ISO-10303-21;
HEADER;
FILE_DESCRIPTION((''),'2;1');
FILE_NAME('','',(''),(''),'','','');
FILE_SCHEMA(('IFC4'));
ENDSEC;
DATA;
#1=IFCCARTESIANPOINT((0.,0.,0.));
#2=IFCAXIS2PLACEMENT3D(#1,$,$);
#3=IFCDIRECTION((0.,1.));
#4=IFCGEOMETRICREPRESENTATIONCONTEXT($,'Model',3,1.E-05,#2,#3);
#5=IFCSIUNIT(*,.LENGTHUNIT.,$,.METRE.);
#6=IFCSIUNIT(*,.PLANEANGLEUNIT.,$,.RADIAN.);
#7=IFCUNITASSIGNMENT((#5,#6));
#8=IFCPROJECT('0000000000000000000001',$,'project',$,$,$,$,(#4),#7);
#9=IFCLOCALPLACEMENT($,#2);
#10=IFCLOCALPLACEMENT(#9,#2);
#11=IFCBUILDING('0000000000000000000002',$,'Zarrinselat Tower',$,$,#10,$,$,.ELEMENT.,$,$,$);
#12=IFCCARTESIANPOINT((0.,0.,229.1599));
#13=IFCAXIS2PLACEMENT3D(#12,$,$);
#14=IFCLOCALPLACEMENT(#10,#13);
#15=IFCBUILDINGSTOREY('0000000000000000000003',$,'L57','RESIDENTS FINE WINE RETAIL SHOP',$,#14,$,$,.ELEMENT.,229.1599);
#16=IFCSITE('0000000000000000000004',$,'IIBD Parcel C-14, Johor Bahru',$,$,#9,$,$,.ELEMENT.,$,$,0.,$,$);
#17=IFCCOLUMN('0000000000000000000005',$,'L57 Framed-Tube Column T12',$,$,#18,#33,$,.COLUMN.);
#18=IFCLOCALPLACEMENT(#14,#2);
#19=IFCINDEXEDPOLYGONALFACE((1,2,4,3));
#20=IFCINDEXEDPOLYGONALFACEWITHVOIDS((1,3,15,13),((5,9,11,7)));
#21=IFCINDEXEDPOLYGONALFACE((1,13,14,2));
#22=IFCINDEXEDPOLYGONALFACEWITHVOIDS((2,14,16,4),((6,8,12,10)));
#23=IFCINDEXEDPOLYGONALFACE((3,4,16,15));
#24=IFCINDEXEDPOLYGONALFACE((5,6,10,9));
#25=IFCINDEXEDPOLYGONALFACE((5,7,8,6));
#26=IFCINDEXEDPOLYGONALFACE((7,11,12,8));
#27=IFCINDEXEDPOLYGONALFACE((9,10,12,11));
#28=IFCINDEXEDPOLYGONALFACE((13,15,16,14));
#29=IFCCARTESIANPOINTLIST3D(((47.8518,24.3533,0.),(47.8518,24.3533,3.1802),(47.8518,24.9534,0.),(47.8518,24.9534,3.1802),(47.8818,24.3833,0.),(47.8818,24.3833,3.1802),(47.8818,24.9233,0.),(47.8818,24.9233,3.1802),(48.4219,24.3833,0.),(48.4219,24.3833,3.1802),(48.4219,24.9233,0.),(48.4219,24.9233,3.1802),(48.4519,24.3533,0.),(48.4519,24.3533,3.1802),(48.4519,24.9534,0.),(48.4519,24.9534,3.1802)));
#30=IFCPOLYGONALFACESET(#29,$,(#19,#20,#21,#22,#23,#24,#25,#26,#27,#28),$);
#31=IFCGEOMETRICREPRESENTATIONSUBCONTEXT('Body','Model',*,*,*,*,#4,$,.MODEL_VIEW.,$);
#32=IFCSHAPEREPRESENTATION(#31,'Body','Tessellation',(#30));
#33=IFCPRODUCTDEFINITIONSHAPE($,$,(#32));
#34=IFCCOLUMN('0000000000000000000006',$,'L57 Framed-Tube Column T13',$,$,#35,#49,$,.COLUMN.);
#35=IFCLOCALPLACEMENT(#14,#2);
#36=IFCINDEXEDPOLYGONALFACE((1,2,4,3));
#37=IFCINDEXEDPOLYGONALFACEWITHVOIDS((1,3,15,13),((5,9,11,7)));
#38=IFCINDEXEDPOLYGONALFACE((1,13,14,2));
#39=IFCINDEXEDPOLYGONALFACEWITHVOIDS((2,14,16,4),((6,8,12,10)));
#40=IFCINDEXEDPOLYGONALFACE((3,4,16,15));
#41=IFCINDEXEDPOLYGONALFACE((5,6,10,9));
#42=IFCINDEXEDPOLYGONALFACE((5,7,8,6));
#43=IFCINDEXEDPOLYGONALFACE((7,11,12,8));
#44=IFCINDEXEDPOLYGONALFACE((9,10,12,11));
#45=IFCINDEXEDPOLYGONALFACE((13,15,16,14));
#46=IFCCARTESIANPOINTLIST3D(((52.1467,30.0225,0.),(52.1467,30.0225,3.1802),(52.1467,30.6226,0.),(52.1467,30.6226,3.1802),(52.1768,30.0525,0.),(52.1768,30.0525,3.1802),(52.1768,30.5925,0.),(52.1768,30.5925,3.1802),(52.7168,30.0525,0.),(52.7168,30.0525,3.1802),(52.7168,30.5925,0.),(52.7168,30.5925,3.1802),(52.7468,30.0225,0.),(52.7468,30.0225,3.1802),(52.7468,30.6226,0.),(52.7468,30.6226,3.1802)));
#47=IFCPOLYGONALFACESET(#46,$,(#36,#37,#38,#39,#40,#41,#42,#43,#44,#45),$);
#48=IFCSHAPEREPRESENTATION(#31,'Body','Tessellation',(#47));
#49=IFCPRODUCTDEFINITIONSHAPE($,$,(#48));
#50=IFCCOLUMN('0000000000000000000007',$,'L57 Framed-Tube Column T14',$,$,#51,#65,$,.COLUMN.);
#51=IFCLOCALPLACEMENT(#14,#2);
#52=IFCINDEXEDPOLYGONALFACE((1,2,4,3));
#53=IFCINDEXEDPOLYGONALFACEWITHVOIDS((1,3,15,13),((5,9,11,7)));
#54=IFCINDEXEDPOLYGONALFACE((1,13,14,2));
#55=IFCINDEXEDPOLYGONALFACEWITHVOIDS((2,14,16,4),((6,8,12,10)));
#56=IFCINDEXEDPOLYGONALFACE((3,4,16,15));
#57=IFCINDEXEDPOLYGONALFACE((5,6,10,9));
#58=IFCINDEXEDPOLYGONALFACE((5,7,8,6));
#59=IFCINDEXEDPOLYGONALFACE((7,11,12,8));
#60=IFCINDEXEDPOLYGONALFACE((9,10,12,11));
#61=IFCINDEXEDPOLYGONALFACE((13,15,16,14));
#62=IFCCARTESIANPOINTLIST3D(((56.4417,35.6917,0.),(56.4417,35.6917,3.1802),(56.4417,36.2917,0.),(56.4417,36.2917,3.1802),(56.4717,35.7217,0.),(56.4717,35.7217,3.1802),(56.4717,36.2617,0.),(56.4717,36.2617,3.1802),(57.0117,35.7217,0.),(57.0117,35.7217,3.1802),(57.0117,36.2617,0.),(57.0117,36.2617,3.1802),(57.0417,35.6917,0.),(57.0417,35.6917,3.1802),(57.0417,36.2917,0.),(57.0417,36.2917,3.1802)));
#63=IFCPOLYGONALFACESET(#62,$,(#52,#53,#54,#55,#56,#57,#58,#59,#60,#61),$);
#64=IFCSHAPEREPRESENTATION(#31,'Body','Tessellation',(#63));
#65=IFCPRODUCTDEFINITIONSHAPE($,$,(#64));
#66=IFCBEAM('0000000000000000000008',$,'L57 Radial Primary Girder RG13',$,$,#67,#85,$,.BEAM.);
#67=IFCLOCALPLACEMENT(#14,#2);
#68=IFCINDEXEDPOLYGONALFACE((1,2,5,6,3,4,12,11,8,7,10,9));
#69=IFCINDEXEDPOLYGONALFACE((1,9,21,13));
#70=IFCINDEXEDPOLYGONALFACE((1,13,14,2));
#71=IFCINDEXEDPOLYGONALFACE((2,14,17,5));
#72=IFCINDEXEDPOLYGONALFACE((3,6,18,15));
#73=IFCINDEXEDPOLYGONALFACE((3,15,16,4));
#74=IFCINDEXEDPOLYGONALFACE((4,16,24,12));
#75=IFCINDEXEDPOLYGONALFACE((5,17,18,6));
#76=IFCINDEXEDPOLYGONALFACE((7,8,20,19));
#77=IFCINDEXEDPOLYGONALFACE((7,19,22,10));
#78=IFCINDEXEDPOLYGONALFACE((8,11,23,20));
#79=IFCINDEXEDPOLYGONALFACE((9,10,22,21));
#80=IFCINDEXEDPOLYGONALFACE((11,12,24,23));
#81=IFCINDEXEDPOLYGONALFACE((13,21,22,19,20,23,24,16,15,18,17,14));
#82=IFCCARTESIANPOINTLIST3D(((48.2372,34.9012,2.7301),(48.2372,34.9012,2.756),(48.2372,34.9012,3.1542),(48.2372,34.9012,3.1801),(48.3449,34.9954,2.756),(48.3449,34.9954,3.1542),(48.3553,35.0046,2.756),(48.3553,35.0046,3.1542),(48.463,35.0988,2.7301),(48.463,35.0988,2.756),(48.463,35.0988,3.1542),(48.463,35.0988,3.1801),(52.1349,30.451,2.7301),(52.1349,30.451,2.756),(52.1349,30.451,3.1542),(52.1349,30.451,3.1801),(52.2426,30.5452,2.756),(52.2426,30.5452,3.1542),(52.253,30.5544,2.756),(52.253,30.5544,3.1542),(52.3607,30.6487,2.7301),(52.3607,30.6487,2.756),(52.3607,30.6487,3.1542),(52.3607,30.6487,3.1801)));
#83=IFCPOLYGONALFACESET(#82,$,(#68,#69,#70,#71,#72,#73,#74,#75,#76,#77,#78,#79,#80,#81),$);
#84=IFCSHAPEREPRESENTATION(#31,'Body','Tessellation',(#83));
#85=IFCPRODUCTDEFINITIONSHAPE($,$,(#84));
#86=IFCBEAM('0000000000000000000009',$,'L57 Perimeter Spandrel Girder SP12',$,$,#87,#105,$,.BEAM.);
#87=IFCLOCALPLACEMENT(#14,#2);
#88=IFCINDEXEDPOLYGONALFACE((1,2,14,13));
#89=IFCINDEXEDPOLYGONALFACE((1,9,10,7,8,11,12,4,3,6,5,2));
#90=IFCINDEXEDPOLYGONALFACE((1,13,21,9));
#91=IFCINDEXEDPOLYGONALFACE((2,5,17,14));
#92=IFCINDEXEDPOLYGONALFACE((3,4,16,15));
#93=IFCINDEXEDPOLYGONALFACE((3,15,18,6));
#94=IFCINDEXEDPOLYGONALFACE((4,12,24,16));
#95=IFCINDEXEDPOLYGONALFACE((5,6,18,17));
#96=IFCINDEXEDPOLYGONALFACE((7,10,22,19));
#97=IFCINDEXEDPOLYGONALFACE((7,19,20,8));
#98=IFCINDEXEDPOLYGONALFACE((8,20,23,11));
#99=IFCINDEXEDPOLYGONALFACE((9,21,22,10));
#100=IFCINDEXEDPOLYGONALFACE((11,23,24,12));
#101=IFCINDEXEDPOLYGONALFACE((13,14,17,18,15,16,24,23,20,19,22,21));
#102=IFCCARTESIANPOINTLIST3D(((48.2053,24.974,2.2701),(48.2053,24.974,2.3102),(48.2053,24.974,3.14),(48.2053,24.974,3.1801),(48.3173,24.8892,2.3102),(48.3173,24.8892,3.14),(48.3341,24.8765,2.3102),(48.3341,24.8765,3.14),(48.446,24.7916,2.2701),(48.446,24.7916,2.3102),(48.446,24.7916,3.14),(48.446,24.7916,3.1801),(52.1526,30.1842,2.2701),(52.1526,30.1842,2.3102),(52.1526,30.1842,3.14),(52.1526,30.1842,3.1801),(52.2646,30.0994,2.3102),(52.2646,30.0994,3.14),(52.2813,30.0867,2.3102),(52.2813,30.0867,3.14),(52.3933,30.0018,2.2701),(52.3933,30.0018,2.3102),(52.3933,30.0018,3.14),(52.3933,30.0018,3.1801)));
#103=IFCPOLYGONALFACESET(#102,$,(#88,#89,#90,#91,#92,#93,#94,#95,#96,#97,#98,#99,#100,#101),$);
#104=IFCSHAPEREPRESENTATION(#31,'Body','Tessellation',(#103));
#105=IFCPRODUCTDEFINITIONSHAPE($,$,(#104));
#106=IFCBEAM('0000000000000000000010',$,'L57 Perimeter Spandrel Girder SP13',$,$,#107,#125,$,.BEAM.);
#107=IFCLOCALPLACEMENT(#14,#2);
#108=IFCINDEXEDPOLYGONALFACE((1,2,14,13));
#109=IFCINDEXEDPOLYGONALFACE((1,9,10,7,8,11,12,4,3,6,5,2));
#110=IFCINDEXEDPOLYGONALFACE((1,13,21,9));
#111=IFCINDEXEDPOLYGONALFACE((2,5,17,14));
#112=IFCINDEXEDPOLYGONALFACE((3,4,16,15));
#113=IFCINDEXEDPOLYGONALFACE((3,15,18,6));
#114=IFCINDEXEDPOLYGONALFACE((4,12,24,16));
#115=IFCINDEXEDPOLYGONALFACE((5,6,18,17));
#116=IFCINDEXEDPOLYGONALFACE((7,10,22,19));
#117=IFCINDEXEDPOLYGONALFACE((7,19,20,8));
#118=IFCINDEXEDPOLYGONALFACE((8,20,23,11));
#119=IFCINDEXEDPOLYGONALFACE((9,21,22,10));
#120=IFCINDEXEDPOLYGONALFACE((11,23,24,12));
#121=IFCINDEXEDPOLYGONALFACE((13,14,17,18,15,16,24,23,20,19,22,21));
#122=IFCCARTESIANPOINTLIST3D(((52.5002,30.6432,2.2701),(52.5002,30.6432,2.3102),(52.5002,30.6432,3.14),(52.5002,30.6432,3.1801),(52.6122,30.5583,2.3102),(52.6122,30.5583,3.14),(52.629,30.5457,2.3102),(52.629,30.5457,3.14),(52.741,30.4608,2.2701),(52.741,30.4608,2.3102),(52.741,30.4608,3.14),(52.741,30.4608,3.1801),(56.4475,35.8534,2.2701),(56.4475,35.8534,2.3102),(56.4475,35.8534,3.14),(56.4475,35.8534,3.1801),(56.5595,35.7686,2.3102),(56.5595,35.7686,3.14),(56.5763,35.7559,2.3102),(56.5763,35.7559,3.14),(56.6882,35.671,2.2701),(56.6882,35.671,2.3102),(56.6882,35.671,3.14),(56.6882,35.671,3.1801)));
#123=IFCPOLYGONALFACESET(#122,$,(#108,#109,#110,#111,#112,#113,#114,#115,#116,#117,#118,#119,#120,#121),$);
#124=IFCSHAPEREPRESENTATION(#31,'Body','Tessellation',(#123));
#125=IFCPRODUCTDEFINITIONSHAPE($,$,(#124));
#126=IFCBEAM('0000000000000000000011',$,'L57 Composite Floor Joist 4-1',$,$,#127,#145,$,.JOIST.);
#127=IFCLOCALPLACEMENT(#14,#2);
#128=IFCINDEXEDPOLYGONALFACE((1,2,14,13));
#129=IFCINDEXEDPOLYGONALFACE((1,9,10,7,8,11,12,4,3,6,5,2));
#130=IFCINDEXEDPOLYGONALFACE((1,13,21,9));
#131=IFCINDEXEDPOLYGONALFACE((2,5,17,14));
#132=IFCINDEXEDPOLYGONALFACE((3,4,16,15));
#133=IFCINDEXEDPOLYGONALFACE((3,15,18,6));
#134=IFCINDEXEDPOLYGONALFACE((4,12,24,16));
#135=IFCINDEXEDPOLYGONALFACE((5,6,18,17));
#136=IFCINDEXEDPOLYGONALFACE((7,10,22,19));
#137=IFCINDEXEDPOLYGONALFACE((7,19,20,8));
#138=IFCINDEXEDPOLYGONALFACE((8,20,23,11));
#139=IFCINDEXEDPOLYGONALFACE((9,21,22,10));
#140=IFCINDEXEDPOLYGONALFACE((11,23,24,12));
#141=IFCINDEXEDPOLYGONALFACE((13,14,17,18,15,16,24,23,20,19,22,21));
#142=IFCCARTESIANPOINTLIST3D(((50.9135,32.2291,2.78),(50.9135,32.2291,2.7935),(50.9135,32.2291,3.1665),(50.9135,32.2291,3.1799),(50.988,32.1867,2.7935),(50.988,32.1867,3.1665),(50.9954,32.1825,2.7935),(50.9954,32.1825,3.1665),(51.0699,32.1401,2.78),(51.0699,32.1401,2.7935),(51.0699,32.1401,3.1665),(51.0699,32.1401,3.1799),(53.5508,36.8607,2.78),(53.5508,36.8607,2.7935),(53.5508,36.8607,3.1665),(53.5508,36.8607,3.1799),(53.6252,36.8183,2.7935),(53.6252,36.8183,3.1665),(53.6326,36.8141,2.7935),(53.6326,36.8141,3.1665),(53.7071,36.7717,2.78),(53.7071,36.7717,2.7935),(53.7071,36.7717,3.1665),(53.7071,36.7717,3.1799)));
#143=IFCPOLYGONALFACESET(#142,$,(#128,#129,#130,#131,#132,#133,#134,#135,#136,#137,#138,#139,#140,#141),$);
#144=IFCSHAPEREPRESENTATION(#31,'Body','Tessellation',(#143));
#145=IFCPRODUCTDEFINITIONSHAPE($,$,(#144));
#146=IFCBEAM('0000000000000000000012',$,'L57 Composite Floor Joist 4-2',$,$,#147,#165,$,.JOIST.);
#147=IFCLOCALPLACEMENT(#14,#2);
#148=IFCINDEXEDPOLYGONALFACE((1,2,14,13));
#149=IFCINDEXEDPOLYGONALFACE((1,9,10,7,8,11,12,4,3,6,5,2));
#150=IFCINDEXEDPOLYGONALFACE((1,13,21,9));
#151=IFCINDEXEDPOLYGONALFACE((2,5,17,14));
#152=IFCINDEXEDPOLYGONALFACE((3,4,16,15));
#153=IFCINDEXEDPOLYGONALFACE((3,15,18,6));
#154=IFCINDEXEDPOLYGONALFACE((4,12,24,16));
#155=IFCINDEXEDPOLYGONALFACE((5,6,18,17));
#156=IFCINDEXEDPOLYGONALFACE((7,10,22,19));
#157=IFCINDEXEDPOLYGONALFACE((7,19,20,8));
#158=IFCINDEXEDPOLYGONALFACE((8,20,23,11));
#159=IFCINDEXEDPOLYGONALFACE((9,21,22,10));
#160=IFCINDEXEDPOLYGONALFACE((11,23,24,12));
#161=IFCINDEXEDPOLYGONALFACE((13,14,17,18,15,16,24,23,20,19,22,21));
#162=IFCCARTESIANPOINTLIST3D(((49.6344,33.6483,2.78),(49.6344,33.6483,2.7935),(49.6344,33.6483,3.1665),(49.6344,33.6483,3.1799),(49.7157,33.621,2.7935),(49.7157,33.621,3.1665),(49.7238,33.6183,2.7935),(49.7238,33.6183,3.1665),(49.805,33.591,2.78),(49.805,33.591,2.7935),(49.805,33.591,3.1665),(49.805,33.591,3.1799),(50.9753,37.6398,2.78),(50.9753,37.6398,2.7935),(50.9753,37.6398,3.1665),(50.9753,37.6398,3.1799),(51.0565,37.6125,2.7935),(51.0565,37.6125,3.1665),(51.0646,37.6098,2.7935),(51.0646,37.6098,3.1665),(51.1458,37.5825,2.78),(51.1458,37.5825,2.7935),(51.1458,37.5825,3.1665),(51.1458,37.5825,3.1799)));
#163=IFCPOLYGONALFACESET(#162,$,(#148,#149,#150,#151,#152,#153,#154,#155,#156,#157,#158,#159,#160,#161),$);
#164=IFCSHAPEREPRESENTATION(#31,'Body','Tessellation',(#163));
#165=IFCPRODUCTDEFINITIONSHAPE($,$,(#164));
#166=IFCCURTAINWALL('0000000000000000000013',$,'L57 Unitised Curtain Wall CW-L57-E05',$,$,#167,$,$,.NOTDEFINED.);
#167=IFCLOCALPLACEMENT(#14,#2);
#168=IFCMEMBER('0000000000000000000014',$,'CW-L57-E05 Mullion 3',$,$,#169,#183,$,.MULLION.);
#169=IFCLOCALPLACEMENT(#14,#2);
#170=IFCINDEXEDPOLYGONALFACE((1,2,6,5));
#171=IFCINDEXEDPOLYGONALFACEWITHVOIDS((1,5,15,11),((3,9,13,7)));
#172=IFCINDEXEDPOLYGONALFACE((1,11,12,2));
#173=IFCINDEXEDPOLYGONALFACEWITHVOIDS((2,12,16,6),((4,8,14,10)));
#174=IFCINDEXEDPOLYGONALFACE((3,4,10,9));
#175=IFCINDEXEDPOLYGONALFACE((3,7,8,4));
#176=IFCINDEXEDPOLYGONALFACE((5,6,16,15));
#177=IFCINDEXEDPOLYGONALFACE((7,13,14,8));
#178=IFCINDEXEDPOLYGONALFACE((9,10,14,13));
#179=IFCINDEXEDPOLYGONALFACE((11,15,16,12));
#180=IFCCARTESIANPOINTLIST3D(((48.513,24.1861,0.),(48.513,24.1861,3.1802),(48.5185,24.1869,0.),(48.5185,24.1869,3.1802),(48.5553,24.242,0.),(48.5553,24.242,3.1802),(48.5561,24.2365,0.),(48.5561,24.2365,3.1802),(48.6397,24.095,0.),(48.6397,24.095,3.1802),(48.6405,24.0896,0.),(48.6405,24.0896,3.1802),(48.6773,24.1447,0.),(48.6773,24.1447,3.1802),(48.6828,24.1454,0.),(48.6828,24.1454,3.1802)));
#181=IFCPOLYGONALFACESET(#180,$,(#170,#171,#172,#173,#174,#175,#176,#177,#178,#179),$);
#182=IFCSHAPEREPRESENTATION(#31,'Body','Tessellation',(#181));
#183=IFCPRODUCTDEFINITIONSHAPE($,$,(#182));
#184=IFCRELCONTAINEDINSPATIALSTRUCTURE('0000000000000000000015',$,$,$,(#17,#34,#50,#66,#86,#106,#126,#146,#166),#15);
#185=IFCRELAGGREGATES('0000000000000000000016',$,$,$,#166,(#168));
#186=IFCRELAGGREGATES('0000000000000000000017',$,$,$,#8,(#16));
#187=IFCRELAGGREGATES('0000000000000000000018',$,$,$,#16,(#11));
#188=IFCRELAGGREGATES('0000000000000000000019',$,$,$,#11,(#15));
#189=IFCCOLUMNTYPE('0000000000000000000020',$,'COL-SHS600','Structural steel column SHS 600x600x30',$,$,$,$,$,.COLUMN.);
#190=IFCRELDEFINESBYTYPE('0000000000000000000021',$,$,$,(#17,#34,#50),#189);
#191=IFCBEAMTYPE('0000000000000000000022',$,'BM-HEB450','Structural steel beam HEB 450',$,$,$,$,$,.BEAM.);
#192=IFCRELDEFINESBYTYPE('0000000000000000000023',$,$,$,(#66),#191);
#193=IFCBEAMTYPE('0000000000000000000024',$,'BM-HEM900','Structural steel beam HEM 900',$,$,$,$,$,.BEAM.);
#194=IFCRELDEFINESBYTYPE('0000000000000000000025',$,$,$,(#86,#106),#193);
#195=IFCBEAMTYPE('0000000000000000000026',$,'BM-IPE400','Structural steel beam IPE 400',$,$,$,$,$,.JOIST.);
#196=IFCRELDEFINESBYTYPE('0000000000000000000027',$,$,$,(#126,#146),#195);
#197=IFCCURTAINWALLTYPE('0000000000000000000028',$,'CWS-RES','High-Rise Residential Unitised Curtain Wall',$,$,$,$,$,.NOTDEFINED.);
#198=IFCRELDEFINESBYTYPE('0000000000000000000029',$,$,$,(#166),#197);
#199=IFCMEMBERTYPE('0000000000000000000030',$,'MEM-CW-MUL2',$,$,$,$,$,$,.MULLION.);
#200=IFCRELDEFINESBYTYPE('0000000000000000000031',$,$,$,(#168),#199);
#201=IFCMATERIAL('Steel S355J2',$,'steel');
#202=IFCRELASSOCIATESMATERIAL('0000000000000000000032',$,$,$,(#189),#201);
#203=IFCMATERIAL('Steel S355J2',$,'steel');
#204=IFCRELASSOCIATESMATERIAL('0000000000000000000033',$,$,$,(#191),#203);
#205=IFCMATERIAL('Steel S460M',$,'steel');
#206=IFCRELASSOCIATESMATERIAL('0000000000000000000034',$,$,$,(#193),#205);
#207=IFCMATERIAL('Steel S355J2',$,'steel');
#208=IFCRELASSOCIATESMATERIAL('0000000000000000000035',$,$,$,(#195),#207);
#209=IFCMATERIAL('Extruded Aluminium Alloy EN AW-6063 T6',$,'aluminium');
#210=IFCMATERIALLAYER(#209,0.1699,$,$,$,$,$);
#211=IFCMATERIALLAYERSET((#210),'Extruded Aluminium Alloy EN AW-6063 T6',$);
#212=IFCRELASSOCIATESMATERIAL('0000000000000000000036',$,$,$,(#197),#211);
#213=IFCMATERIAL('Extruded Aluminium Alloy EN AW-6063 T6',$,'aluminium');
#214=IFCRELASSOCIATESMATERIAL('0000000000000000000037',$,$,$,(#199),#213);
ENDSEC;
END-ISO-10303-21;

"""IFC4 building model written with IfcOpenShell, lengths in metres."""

from ifc_helpers import new_model, si_unit, direction, frame, origin, origin_2d, place, context, subcontext, project, spatial, hollow_rectangle, i_section, extrude, material, layer, layer_set, material_profile, profile_set, type_object, element, aggregate, save


model = new_model("IFC4")

# Units and contexts
model_context = context("Model", 3, precision=1e-05, world=origin(), true_north=direction((0.0, 1.0)))
body_context = subcontext(model_context, "Body", "Model", "MODEL_VIEW")
ifc_project = project(units=[si_unit("LENGTHUNIT", "METRE"), si_unit("PLANEANGLEUNIT", "RADIAN")], contexts=[model_context])

# Site, building, storey
site_placement = place(None, origin())
site = spatial("IfcSite", under=ifc_project, at=site_placement, Name="IIBD Parcel C-14, Johor Bahru", CompositionType="ELEMENT", RefElevation=0.0)
building_placement = place(site_placement, origin())
building = spatial("IfcBuilding", under=site, at=building_placement, Name="Zarrinselat Tower", CompositionType="ELEMENT")
storey_placement = place(building_placement, frame((0.0, 0.0, 229.1599)))
storey = spatial("IfcBuildingStorey", under=building, at=storey_placement, Name="L57", Description="RESIDENTS FINE WINE RETAIL SHOP", CompositionType="ELEMENT", Elevation=229.1599)

# Columns
ifc_material_1 = material(Name="Steel S355J2", Category="steel")
ifc_material_profile_1 = material_profile(ifc_material_1, hollow_rectangle(XDim=0.6001, YDim=0.6001, WallThickness=0.03, at=origin_2d()), Name="SHS 600x600x30")
ifc_profile_set_1 = profile_set([ifc_material_profile_1], Name="Steel S355J2")
column_type = type_object("IfcColumnType", Name="COL-SHS600", Description="Structural steel column SHS 600x600x30", PredefinedType="COLUMN", material=ifc_profile_set_1)
for number, where, z_axis, x_axis, name in (
    (1, (48.1519, 24.6533, 0.0), (0.0, 0.0, 1.0), (1.0, 0.0, 0.0), "L57 Framed-Tube Column T12"),
    (2, (52.4468, 30.3225, 0.0), (0.0, 0.0, 1.0), (1.0, 0.0, 0.0), "L57 Framed-Tube Column T13"),
    (3, (56.7417, 35.9917, 0.0), (0.0, 0.0, 1.0), (1.0, 0.0, 0.0), "L57 Framed-Tube Column T14"),
):
    element("IfcColumn", number, at=place(storey_placement, frame(where, z_axis=z_axis, x_axis=x_axis)), inside=storey, type_object=column_type, Name=name, PredefinedType="COLUMN", context=body_context, shape_type="SweptSolid", body=[
        extrude(hollow_rectangle(XDim=0.6001, YDim=0.6001, WallThickness=0.03, at=origin_2d()), origin(), (0.0, 0.0, 1.0), 3.1802),
    ])

# Beams
ifc_material_2 = material(Name="Steel S355J2", Category="steel")
ifc_material_profile_2 = material_profile(ifc_material_2, i_section(OverallWidth=0.3, OverallDepth=0.45, WebThickness=0.0139, FlangeThickness=0.0259, at=origin_2d()), Name="HEB 450")
ifc_profile_set_2 = profile_set([ifc_material_profile_2], Name="Steel S355J2")
beam_type_1 = type_object("IfcBeamType", Name="BM-HEB450", Description="Structural steel beam HEB 450", PredefinedType="BEAM", material=ifc_profile_set_2)
beam_1_placement = place(storey_placement, frame((48.3501, 35.0, 2.9551), z_axis=(0.658867, -0.75226, 0.0), x_axis=(0.75226, 0.658867, 0.0)))
element("IfcBeam", 4, at=beam_1_placement, inside=storey, type_object=beam_type_1, Name="L57 Radial Primary Girder RG13", PredefinedType="BEAM", context=body_context, shape_type="SweptSolid", body=[
    extrude(i_section(OverallWidth=0.3, OverallDepth=0.45, WebThickness=0.0139, FlangeThickness=0.0259, at=origin_2d()), origin(), (0.0, 0.0, 1.0), 5.9158),
])
ifc_material_3 = material(Name="Steel S460M", Category="steel")
ifc_material_profile_3 = material_profile(ifc_material_3, i_section(OverallWidth=0.302, OverallDepth=0.9099, WebThickness=0.021, FlangeThickness=0.04, at=origin_2d()), Name="HEM 900")
ifc_profile_set_3 = profile_set([ifc_material_profile_3], Name="Steel S460M")
beam_type_2 = type_object("IfcBeamType", Name="BM-HEM900", Description="Structural steel beam HEM 900", PredefinedType="BEAM", material=ifc_profile_set_3)
for number, where, z_axis, x_axis, name in (
    (5, (48.3257, 24.8828, 2.7251), (0.603871, 0.797082, 0.0), (-0.797082, 0.603871, 0.0), "L57 Perimeter Spandrel Girder SP12"),
    (6, (52.6206, 30.552, 2.7251), (0.603871, 0.797082, 0.0), (-0.797082, 0.603871, 0.0), "L57 Perimeter Spandrel Girder SP13"),
):
    element("IfcBeam", number, at=place(storey_placement, frame(where, z_axis=z_axis, x_axis=x_axis)), inside=storey, type_object=beam_type_2, Name=name, PredefinedType="BEAM", context=body_context, shape_type="SweptSolid", body=[
        extrude(i_section(OverallWidth=0.302, OverallDepth=0.9099, WebThickness=0.021, FlangeThickness=0.04, at=origin_2d()), origin(), (0.0, 0.0, 1.0), 6.5366),
    ])
ifc_material_4 = material(Name="Steel S355J2", Category="steel")
ifc_material_profile_4 = material_profile(ifc_material_4, i_section(OverallWidth=0.1799, OverallDepth=0.3999, WebThickness=0.0085, FlangeThickness=0.0134, at=origin_2d()), Name="IPE 400")
ifc_profile_set_4 = profile_set([ifc_material_profile_4], Name="Steel S355J2")
beam_type_3 = type_object("IfcBeamType", Name="BM-IPE400", Description="Structural steel beam IPE 400", PredefinedType="JOIST", material=ifc_profile_set_4)
beam_2_placement = place(storey_placement, frame((50.9917, 32.1846, 2.98), z_axis=(0.494806, 0.869003, 0.0), x_axis=(-0.869003, 0.494806, 0.0)))
element("IfcBeam", 7, at=beam_2_placement, inside=storey, type_object=beam_type_3, Name="L57 Composite Floor Joist 4-1", PredefinedType="JOIST", context=body_context, shape_type="SweptSolid", body=[
    extrude(i_section(OverallWidth=0.1799, OverallDepth=0.3999, WebThickness=0.0085, FlangeThickness=0.0134, at=origin_2d()), origin(), (0.0, 0.0, 1.0), 5.3298),
])
beam_3_placement = place(storey_placement, frame((49.7197, 33.6196, 2.98), z_axis=(0.318436, 0.947944, 0.0), x_axis=(-0.947944, 0.318436, 0.0)))
element("IfcBeam", 8, at=beam_3_placement, inside=storey, type_object=beam_type_3, Name="L57 Composite Floor Joist 4-2", PredefinedType="JOIST", context=body_context, shape_type="SweptSolid", body=[
    extrude(i_section(OverallWidth=0.1799, OverallDepth=0.3999, WebThickness=0.0085, FlangeThickness=0.0134, at=origin_2d()), origin(), (0.0, 0.0, 1.0), 4.2107),
])

# Curtain wall, member
ifc_material_5 = material(Name="Extruded Aluminium Alloy EN AW-6063 T6", Category="aluminium")
ifc_layer_1 = layer(ifc_material_5, 0.1699)
ifc_layer_set_1 = layer_set([ifc_layer_1], Name="Extruded Aluminium Alloy EN AW-6063 T6")
curtain_wall_type = type_object("IfcCurtainWallType", Name="CWS-RES", Description="High-Rise Residential Unitised Curtain Wall", PredefinedType="NOTDEFINED", material=ifc_layer_set_1)
curtain_wall_placement = place(storey_placement, origin())
curtain_wall = element("IfcCurtainWall", 9, at=curtain_wall_placement, inside=storey, type_object=curtain_wall_type, Name="L57 Unitised Curtain Wall CW-L57-E05", PredefinedType="NOTDEFINED")
ifc_material_6 = material(Name="Extruded Aluminium Alloy EN AW-6063 T6", Category="aluminium")
ifc_material_profile_5 = material_profile(ifc_material_6, hollow_rectangle(XDim=0.0701, YDim=0.1599, WallThickness=0.0039, at=origin_2d()), Name="RHS 160x70x4")
ifc_profile_set_5 = profile_set([ifc_material_profile_5], Name="Extruded Aluminium Alloy EN AW-6063 T6")
member_type_1 = type_object("IfcMemberType", Name="MEM-CW-MUL2", PredefinedType="MULLION", material=ifc_profile_set_5)
member_1_placement = place(storey_placement, frame((48.5979, 24.1658, 0.0), z_axis=(0.0, 0.0, 1.0), x_axis=(0.603859, 0.797091, 0.0)))
member_1 = element("IfcMember", 10, at=member_1_placement, type_object=member_type_1, Name="CW-L57-E05 Mullion 3", PredefinedType="MULLION", context=body_context, shape_type="SweptSolid", body=[
    extrude(hollow_rectangle(XDim=0.0701, YDim=0.1599, WallThickness=0.0039, at=origin_2d()), origin(), (0.0, 0.0, 1.0), 3.1802),
])
aggregate(curtain_wall, [member_1])

save(model, "model.ifc")
